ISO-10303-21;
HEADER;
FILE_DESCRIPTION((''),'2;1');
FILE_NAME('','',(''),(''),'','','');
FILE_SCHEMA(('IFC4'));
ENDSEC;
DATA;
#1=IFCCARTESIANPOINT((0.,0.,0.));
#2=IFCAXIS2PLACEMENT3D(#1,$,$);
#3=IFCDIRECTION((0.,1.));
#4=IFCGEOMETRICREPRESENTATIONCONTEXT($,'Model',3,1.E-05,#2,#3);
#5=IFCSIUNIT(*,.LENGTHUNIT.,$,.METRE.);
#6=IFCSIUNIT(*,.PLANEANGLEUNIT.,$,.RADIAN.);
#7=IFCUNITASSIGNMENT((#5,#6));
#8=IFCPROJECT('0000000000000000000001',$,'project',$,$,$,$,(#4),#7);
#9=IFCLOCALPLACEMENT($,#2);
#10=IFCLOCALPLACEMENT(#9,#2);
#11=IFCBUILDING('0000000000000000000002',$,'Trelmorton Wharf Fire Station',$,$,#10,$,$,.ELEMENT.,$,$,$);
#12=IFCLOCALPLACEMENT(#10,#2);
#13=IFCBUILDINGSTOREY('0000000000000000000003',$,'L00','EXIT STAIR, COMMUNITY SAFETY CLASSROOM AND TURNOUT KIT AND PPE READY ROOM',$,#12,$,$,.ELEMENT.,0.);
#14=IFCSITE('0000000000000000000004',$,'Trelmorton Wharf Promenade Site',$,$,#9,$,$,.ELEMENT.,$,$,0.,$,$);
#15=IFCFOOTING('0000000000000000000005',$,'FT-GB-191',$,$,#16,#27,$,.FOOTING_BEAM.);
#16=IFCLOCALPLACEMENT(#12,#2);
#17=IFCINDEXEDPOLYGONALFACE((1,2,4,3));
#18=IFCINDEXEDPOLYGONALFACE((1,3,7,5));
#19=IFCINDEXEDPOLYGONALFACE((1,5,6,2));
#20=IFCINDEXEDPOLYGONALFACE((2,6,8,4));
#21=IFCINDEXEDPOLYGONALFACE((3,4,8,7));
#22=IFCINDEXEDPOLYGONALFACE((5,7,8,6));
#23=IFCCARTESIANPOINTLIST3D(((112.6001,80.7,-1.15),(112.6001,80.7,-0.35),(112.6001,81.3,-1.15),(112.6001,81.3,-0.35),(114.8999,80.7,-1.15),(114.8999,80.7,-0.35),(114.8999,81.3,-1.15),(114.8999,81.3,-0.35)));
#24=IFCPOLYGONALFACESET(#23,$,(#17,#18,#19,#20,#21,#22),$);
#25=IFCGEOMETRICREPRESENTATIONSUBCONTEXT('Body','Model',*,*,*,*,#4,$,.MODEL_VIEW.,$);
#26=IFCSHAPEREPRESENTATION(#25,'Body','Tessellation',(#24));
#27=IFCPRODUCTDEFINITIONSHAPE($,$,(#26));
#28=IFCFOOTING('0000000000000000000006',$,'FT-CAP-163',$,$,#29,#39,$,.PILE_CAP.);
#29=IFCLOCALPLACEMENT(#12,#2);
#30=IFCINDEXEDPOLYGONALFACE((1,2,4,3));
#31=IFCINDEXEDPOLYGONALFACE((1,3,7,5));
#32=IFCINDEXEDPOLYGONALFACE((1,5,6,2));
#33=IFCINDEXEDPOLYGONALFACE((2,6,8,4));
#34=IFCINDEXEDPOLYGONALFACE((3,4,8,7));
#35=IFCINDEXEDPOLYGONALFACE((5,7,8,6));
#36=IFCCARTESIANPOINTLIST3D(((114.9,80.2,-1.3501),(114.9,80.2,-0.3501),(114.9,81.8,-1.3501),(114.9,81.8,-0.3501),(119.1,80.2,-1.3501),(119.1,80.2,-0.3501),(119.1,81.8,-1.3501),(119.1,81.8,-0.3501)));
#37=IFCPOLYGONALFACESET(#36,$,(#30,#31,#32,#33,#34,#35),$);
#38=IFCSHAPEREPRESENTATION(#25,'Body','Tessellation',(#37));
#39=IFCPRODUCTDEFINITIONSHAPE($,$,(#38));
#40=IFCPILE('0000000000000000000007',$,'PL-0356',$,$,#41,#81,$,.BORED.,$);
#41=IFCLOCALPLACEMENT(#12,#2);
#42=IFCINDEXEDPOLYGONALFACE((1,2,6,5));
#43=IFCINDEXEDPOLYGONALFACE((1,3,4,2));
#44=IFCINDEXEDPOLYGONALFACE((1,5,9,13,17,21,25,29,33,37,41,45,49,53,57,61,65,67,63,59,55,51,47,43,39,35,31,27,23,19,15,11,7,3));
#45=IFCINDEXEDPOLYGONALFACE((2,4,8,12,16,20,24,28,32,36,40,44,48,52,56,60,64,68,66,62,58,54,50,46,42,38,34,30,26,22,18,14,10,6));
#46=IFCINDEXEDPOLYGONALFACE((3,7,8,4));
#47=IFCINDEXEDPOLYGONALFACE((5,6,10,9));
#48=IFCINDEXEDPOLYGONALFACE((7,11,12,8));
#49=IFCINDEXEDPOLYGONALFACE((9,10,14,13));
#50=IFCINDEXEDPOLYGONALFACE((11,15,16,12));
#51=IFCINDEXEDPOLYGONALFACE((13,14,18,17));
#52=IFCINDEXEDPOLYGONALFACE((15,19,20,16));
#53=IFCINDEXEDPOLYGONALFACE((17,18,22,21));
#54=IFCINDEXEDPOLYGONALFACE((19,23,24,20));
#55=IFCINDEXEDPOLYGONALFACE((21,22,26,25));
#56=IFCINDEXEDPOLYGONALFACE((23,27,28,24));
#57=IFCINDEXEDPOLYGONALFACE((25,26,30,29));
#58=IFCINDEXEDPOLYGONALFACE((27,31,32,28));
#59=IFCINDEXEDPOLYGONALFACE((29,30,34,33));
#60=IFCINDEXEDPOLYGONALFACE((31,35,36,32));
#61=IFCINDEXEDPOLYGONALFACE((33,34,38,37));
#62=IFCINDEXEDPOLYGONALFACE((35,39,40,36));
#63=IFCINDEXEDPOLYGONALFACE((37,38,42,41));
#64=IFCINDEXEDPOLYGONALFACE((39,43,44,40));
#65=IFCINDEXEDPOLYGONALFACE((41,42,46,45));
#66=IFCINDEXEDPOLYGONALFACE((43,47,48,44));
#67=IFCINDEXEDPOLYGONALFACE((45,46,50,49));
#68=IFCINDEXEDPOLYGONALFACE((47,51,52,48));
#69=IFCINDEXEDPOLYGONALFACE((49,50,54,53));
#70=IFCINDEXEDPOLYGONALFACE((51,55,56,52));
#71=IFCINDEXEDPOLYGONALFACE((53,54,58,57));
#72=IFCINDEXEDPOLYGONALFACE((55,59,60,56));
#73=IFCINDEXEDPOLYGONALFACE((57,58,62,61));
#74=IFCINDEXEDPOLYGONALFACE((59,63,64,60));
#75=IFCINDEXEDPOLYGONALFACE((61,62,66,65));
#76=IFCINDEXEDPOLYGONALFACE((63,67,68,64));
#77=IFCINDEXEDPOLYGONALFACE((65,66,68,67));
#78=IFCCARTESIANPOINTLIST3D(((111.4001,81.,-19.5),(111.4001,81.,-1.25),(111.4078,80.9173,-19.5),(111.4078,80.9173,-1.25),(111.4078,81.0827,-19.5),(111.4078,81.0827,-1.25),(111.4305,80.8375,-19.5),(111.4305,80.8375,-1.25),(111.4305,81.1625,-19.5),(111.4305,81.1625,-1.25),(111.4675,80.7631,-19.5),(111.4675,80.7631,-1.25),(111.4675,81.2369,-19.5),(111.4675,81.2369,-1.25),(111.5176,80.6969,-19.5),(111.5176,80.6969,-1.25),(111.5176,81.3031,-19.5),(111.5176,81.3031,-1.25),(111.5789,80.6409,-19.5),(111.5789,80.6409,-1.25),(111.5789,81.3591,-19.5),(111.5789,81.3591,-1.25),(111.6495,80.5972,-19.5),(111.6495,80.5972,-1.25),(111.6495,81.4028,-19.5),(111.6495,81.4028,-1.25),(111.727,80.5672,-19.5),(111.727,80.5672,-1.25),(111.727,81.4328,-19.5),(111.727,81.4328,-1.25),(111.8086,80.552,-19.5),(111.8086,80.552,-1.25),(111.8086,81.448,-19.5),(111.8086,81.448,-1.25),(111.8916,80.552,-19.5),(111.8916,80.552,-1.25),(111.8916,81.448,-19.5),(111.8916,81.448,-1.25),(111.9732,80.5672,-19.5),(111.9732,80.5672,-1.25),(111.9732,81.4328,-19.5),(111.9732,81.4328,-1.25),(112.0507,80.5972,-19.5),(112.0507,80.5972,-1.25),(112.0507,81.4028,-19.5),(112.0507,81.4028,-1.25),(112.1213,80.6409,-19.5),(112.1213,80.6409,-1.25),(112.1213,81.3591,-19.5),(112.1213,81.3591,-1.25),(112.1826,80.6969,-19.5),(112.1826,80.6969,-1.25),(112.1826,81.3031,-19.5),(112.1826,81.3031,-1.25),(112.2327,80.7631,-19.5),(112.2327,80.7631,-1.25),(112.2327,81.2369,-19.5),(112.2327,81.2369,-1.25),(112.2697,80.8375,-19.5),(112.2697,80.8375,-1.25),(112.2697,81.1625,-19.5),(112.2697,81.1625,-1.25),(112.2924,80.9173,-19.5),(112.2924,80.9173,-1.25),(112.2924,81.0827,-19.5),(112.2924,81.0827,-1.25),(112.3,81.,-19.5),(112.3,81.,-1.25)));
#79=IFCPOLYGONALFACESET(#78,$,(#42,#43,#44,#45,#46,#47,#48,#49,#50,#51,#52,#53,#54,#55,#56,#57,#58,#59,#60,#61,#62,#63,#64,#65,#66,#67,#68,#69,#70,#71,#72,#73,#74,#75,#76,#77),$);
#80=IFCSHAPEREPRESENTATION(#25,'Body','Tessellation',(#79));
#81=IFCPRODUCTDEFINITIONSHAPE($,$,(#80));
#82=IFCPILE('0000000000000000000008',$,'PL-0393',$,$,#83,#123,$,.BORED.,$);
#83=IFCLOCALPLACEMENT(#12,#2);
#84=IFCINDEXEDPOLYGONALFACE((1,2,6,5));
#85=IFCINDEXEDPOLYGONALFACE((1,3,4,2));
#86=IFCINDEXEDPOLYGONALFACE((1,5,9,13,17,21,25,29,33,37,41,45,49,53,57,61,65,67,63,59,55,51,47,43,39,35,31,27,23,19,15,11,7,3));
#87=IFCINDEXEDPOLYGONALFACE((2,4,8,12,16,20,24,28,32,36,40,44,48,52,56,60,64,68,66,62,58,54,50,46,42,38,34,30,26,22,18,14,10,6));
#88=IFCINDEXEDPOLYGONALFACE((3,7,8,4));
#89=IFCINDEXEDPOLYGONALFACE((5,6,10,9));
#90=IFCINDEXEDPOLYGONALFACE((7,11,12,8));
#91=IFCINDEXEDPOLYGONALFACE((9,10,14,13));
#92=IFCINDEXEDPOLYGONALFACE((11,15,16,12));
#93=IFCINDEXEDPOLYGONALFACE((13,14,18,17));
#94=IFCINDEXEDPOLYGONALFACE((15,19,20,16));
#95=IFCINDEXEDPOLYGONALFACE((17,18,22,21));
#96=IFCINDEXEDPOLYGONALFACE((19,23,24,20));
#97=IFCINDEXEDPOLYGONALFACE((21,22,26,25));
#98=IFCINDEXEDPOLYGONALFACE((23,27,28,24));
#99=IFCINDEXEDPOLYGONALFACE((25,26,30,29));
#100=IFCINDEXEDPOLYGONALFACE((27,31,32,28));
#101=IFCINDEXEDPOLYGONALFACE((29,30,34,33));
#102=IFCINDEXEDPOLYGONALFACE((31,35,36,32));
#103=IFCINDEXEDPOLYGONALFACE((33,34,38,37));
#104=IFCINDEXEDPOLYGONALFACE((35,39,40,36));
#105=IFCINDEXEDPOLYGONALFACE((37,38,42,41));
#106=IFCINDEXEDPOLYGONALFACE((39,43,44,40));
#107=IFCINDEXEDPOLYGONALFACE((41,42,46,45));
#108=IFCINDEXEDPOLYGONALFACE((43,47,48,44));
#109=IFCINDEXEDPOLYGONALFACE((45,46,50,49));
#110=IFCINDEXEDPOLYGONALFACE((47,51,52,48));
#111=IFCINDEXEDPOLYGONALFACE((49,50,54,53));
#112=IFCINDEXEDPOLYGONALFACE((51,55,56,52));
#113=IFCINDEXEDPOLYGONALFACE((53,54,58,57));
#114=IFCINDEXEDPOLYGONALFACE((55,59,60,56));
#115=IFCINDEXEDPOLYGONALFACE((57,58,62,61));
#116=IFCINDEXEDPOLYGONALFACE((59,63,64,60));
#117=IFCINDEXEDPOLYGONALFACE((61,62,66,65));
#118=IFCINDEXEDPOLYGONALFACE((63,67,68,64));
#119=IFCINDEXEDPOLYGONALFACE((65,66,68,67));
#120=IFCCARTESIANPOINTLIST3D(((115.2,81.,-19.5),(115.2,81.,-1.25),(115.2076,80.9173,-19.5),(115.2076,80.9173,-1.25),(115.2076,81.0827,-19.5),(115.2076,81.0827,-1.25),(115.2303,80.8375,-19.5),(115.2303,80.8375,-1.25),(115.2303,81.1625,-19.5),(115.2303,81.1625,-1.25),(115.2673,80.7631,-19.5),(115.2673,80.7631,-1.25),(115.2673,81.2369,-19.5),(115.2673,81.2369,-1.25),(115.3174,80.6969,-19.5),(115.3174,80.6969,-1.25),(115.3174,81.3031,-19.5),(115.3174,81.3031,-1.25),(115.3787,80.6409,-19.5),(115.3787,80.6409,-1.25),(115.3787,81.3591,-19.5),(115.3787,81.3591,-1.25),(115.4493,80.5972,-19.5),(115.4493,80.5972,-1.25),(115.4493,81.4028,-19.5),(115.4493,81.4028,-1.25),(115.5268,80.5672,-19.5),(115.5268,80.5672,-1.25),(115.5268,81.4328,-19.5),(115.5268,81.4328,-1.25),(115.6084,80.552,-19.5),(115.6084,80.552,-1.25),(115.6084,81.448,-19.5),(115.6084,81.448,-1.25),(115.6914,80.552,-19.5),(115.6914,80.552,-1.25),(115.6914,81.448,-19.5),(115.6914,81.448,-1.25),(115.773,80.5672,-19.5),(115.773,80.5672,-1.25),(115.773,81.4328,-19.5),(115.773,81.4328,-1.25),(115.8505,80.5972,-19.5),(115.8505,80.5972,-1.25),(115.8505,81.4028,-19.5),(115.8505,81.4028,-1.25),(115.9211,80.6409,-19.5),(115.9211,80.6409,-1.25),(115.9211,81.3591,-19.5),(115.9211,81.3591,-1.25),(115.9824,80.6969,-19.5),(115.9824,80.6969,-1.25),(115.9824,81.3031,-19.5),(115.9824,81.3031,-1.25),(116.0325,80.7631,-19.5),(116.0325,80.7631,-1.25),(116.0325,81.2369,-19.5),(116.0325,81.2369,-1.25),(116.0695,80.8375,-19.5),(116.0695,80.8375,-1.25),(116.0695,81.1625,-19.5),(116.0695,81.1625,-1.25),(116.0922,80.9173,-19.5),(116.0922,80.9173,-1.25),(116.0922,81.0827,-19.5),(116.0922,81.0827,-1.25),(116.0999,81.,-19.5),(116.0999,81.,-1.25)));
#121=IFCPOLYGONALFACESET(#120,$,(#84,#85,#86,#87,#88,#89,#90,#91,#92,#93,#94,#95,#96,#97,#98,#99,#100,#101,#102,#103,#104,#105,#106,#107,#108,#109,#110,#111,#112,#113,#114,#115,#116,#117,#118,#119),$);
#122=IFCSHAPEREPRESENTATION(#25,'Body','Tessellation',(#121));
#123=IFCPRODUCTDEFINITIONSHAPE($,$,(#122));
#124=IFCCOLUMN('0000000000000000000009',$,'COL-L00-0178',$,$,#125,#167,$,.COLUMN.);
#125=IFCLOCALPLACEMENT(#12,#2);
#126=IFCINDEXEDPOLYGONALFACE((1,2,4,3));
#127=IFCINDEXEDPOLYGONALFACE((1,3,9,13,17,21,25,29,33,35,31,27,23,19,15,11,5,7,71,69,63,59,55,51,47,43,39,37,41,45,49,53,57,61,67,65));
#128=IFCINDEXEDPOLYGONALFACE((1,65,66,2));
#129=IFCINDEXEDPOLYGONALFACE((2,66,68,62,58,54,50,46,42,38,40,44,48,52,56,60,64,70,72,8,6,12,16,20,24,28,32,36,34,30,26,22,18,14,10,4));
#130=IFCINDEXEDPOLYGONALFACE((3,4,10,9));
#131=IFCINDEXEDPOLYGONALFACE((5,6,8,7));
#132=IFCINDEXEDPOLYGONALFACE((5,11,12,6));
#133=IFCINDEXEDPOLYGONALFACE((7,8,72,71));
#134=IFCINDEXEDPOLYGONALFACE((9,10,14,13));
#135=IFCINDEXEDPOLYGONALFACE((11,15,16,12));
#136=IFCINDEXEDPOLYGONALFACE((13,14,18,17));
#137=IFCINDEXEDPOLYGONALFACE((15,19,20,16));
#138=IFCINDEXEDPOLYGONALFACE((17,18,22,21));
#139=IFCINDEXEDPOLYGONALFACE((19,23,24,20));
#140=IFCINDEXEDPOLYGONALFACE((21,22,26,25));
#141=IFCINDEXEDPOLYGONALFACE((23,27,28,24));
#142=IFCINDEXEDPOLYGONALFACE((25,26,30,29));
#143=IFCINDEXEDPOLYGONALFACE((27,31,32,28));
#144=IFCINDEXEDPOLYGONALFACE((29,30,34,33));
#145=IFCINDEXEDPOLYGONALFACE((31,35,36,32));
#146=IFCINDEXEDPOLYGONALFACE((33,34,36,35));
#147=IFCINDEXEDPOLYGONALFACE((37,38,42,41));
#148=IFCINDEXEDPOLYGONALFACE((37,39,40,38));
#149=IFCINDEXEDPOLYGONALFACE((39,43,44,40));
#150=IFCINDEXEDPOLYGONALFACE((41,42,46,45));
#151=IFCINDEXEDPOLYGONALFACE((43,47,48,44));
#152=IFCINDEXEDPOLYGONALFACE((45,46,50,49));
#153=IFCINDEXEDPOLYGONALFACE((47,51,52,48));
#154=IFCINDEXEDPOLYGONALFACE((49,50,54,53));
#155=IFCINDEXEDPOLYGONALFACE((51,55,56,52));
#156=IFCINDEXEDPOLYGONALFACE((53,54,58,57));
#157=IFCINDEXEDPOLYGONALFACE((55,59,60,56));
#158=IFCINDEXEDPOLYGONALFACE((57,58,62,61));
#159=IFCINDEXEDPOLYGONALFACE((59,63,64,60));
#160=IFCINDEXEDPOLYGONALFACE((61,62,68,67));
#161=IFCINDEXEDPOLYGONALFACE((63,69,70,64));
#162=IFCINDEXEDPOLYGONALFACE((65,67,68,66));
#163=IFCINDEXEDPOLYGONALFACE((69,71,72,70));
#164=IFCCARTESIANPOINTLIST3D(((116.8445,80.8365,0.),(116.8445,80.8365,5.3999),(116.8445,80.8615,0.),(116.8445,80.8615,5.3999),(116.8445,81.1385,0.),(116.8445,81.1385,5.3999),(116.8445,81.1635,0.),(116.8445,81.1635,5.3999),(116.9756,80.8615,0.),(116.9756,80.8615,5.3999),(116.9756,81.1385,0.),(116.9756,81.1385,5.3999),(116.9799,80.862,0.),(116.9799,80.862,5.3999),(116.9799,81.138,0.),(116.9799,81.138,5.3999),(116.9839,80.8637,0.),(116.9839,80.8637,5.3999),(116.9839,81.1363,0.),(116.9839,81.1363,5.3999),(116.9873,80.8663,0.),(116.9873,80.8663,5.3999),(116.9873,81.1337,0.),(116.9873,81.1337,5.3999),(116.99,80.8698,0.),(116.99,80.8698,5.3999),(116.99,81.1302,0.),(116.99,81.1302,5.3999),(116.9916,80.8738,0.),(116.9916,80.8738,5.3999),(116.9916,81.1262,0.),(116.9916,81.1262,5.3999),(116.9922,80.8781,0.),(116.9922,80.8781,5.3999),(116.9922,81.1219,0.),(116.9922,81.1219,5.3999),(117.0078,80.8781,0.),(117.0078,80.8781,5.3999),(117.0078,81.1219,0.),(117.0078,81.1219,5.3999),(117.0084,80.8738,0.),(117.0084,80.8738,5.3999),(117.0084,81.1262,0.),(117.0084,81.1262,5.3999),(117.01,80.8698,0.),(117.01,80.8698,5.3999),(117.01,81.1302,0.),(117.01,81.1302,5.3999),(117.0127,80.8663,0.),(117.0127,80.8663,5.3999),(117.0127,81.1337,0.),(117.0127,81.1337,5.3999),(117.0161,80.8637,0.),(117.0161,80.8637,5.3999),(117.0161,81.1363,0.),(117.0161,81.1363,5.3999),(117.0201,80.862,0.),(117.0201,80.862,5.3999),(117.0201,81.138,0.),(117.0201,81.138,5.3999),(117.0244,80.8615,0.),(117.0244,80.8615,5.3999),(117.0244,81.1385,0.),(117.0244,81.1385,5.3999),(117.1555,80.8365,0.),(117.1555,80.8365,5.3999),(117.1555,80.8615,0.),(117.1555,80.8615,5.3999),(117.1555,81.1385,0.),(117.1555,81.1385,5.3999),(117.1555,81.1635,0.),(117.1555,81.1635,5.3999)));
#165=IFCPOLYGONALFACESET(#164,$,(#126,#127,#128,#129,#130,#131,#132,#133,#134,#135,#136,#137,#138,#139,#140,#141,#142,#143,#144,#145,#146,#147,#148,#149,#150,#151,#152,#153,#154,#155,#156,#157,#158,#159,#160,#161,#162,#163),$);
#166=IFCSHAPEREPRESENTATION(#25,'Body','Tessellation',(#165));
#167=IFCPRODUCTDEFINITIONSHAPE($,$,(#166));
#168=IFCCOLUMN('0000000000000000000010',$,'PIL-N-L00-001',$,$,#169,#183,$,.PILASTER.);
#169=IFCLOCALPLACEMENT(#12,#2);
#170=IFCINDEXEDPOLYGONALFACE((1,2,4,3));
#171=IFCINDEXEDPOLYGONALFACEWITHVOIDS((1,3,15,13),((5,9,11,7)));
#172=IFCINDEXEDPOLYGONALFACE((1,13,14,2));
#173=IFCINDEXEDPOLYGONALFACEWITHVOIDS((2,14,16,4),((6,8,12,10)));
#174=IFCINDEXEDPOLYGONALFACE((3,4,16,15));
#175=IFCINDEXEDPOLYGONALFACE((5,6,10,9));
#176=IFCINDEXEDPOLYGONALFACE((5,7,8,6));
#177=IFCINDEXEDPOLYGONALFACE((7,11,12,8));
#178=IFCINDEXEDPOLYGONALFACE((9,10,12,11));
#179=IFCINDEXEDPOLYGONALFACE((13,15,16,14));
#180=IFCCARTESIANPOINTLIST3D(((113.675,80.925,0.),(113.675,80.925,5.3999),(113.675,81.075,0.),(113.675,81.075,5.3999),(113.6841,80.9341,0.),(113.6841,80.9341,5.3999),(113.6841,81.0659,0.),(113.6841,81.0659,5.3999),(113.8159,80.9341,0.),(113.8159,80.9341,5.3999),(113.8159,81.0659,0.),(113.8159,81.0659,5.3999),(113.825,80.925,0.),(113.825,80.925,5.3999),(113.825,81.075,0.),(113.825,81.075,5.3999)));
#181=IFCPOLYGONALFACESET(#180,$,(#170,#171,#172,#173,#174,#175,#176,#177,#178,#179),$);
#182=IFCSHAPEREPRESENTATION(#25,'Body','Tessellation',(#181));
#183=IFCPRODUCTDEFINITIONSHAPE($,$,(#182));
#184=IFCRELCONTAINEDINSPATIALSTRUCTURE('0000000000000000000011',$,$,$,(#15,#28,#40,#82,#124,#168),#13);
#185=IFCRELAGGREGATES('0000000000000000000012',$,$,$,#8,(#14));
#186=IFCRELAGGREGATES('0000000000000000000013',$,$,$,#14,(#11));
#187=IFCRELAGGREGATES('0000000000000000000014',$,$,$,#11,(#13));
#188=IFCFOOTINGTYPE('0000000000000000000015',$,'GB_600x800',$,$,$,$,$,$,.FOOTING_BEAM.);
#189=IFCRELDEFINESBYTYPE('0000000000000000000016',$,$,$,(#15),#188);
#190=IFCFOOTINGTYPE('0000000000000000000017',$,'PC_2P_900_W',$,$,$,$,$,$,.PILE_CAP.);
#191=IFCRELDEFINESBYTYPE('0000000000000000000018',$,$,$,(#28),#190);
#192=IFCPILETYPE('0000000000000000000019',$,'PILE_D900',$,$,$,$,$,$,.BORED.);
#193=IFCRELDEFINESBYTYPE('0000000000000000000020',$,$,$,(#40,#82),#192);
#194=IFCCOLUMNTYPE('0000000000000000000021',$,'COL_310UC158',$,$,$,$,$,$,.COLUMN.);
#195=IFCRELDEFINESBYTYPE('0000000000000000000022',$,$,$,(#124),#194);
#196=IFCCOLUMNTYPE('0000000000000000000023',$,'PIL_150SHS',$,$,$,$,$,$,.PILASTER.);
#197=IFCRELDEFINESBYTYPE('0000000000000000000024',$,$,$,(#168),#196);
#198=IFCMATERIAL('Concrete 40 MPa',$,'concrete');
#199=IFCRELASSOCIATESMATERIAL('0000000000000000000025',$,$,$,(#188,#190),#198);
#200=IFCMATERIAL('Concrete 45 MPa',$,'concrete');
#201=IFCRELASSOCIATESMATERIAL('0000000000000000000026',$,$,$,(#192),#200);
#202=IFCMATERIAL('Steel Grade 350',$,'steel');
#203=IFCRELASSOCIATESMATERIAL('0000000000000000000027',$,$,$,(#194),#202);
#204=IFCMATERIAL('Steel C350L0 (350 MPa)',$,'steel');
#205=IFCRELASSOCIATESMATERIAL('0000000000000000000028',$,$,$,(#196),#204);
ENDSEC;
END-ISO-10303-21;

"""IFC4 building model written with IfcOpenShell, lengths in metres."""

from ifc_helpers import new_model, si_unit, direction, frame, origin, origin_2d, place, context, subcontext, project, spatial, rectangle, hollow_rectangle, circle, i_section, extrude, material, material_profile, profile_set, type_object, element, save


model = new_model("IFC4")

# Units and contexts
model_context = context("Model", 3, precision=1e-05, world=origin(), true_north=direction((0.0, 1.0)))
body_context = subcontext(model_context, "Body", "Model", "MODEL_VIEW")
ifc_project = project(units=[si_unit("LENGTHUNIT", "METRE"), si_unit("PLANEANGLEUNIT", "RADIAN")], contexts=[model_context])

# Site, building, storey
site_placement = place(None, origin())
site = spatial("IfcSite", under=ifc_project, at=site_placement, Name="Trelmorton Wharf Promenade Site", CompositionType="ELEMENT", RefElevation=0.0)
building_placement = place(site_placement, origin())
building = spatial("IfcBuilding", under=site, at=building_placement, Name="Trelmorton Wharf Fire Station", CompositionType="ELEMENT")
storey_placement = place(building_placement, origin())
storey = spatial("IfcBuildingStorey", under=building, at=storey_placement, Name="L00", Description="EXIT STAIR, COMMUNITY SAFETY CLASSROOM AND TURNOUT KIT AND PPE READY ROOM", CompositionType="ELEMENT", Elevation=0.0)

# Footings
ifc_material_1 = material(Name="Concrete 40 MPa", Category="concrete")
ifc_material_profile_1 = material_profile(ifc_material_1, rectangle(XDim=0.6001, YDim=0.8, at=origin_2d()), Name="RC600x800")
ifc_profile_set_1 = profile_set([ifc_material_profile_1], Name="Concrete 40 MPa")
footing_type_1 = type_object("IfcFootingType", Name="GB_600x800", PredefinedType="FOOTING_BEAM", material=ifc_profile_set_1)
footing_1_placement = place(storey_placement, frame((112.6001, 81.0, -0.75), z_axis=(1.0, 0.0, 0.0), x_axis=(0.0, 1.0, 0.0)))
element("IfcFooting", 1, at=footing_1_placement, inside=storey, type_object=footing_type_1, Name="FT-GB-191", PredefinedType="FOOTING_BEAM", context=body_context, shape_type="SweptSolid", body=[
    extrude(rectangle(XDim=0.6001, YDim=0.8, at=origin_2d()), origin(), (0.0, 0.0, 1.0), 2.2998),
])
footing_type_2 = type_object("IfcFootingType", Name="PC_2P_900_W", PredefinedType="PILE_CAP", material=ifc_material_1)
footing_2_placement = place(storey_placement, frame((117.0, 81.0, -1.3501), z_axis=(0.0, 0.0, 1.0), x_axis=(1.0, 0.0, 0.0)))
element("IfcFooting", 2, at=footing_2_placement, inside=storey, type_object=footing_type_2, Name="FT-CAP-163", PredefinedType="PILE_CAP", context=body_context, shape_type="SweptSolid", body=[
    extrude(rectangle(XDim=4.2, YDim=1.6001, at=origin_2d()), origin(), (0.0, 0.0, 1.0), 1.0),
])

# Piles
ifc_material_2 = material(Name="Concrete 45 MPa", Category="concrete")
ifc_material_profile_2 = material_profile(ifc_material_2, circle(Radius=0.45, at=origin_2d()), Name="PILE-D900")
ifc_profile_set_2 = profile_set([ifc_material_profile_2], Name="Concrete 45 MPa")
pile_type = type_object("IfcPileType", Name="PILE_D900", PredefinedType="BORED", material=ifc_profile_set_2)
for number, where, z_axis, x_axis, name in (
    (3, (111.8501, 81.0, -1.25), (0.0, 0.0, -1.0), (1.0, 0.0, 0.0), "PL-0356"),
    (4, (115.6499, 81.0, -1.25), (0.0, 0.0, -1.0), (1.0, 0.0, 0.0), "PL-0393"),
):
    element("IfcPile", number, at=place(storey_placement, frame(where, z_axis=z_axis, x_axis=x_axis)), inside=storey, type_object=pile_type, Name=name, PredefinedType="BORED", context=body_context, shape_type="SweptSolid", body=[
        extrude(circle(Radius=0.45, at=origin_2d()), origin(), (0.0, 0.0, 1.0), 18.25),
    ])

# Columns
ifc_material_3 = material(Name="Steel Grade 350", Category="steel")
ifc_material_profile_3 = material_profile(ifc_material_3, i_section(OverallWidth=0.311, OverallDepth=0.3269, WebThickness=0.0156, FlangeThickness=0.0249, FilletRadius=0.0166, at=origin_2d()), Name="310UC158")
ifc_profile_set_3 = profile_set([ifc_material_profile_3], Name="Steel Grade 350")
column_type_1 = type_object("IfcColumnType", Name="COL_310UC158", PredefinedType="COLUMN", material=ifc_profile_set_3)
column_1_placement = place(storey_placement, frame((117.0, 81.0, 0.0), z_axis=(0.0, 0.0, 1.0), x_axis=(1.0, 0.0, 0.0)))
element("IfcColumn", 5, at=column_1_placement, inside=storey, type_object=column_type_1, Name="COL-L00-0178", PredefinedType="COLUMN", context=body_context, shape_type="SweptSolid", body=[
    extrude(i_section(OverallWidth=0.311, OverallDepth=0.3269, WebThickness=0.0156, FlangeThickness=0.0249, FilletRadius=0.0166, at=origin_2d()), origin(), (0.0, 0.0, 1.0), 5.3999),
])
ifc_material_4 = material(Name="Steel C350L0 (350 MPa)", Category="steel")
ifc_material_profile_4 = material_profile(ifc_material_4, hollow_rectangle(XDim=0.1499, YDim=0.1499, WallThickness=0.009, at=origin_2d()), Name="150x150x9.0SHS")
ifc_profile_set_4 = profile_set([ifc_material_profile_4], Name="Steel C350L0 (350 MPa)")
column_type_2 = type_object("IfcColumnType", Name="PIL_150SHS", PredefinedType="PILASTER", material=ifc_profile_set_4)
column_2_placement = place(storey_placement, frame((113.75, 81.0, 0.0), z_axis=(0.0, 0.0, 1.0), x_axis=(1.0, 0.0, 0.0)))
element("IfcColumn", 6, at=column_2_placement, inside=storey, type_object=column_type_2, Name="PIL-N-L00-001", PredefinedType="PILASTER", context=body_context, shape_type="SweptSolid", body=[
    extrude(hollow_rectangle(XDim=0.1499, YDim=0.1499, WallThickness=0.009, at=origin_2d()), origin(), (0.0, 0.0, 1.0), 5.3999),
])

save(model, "model.ifc")
